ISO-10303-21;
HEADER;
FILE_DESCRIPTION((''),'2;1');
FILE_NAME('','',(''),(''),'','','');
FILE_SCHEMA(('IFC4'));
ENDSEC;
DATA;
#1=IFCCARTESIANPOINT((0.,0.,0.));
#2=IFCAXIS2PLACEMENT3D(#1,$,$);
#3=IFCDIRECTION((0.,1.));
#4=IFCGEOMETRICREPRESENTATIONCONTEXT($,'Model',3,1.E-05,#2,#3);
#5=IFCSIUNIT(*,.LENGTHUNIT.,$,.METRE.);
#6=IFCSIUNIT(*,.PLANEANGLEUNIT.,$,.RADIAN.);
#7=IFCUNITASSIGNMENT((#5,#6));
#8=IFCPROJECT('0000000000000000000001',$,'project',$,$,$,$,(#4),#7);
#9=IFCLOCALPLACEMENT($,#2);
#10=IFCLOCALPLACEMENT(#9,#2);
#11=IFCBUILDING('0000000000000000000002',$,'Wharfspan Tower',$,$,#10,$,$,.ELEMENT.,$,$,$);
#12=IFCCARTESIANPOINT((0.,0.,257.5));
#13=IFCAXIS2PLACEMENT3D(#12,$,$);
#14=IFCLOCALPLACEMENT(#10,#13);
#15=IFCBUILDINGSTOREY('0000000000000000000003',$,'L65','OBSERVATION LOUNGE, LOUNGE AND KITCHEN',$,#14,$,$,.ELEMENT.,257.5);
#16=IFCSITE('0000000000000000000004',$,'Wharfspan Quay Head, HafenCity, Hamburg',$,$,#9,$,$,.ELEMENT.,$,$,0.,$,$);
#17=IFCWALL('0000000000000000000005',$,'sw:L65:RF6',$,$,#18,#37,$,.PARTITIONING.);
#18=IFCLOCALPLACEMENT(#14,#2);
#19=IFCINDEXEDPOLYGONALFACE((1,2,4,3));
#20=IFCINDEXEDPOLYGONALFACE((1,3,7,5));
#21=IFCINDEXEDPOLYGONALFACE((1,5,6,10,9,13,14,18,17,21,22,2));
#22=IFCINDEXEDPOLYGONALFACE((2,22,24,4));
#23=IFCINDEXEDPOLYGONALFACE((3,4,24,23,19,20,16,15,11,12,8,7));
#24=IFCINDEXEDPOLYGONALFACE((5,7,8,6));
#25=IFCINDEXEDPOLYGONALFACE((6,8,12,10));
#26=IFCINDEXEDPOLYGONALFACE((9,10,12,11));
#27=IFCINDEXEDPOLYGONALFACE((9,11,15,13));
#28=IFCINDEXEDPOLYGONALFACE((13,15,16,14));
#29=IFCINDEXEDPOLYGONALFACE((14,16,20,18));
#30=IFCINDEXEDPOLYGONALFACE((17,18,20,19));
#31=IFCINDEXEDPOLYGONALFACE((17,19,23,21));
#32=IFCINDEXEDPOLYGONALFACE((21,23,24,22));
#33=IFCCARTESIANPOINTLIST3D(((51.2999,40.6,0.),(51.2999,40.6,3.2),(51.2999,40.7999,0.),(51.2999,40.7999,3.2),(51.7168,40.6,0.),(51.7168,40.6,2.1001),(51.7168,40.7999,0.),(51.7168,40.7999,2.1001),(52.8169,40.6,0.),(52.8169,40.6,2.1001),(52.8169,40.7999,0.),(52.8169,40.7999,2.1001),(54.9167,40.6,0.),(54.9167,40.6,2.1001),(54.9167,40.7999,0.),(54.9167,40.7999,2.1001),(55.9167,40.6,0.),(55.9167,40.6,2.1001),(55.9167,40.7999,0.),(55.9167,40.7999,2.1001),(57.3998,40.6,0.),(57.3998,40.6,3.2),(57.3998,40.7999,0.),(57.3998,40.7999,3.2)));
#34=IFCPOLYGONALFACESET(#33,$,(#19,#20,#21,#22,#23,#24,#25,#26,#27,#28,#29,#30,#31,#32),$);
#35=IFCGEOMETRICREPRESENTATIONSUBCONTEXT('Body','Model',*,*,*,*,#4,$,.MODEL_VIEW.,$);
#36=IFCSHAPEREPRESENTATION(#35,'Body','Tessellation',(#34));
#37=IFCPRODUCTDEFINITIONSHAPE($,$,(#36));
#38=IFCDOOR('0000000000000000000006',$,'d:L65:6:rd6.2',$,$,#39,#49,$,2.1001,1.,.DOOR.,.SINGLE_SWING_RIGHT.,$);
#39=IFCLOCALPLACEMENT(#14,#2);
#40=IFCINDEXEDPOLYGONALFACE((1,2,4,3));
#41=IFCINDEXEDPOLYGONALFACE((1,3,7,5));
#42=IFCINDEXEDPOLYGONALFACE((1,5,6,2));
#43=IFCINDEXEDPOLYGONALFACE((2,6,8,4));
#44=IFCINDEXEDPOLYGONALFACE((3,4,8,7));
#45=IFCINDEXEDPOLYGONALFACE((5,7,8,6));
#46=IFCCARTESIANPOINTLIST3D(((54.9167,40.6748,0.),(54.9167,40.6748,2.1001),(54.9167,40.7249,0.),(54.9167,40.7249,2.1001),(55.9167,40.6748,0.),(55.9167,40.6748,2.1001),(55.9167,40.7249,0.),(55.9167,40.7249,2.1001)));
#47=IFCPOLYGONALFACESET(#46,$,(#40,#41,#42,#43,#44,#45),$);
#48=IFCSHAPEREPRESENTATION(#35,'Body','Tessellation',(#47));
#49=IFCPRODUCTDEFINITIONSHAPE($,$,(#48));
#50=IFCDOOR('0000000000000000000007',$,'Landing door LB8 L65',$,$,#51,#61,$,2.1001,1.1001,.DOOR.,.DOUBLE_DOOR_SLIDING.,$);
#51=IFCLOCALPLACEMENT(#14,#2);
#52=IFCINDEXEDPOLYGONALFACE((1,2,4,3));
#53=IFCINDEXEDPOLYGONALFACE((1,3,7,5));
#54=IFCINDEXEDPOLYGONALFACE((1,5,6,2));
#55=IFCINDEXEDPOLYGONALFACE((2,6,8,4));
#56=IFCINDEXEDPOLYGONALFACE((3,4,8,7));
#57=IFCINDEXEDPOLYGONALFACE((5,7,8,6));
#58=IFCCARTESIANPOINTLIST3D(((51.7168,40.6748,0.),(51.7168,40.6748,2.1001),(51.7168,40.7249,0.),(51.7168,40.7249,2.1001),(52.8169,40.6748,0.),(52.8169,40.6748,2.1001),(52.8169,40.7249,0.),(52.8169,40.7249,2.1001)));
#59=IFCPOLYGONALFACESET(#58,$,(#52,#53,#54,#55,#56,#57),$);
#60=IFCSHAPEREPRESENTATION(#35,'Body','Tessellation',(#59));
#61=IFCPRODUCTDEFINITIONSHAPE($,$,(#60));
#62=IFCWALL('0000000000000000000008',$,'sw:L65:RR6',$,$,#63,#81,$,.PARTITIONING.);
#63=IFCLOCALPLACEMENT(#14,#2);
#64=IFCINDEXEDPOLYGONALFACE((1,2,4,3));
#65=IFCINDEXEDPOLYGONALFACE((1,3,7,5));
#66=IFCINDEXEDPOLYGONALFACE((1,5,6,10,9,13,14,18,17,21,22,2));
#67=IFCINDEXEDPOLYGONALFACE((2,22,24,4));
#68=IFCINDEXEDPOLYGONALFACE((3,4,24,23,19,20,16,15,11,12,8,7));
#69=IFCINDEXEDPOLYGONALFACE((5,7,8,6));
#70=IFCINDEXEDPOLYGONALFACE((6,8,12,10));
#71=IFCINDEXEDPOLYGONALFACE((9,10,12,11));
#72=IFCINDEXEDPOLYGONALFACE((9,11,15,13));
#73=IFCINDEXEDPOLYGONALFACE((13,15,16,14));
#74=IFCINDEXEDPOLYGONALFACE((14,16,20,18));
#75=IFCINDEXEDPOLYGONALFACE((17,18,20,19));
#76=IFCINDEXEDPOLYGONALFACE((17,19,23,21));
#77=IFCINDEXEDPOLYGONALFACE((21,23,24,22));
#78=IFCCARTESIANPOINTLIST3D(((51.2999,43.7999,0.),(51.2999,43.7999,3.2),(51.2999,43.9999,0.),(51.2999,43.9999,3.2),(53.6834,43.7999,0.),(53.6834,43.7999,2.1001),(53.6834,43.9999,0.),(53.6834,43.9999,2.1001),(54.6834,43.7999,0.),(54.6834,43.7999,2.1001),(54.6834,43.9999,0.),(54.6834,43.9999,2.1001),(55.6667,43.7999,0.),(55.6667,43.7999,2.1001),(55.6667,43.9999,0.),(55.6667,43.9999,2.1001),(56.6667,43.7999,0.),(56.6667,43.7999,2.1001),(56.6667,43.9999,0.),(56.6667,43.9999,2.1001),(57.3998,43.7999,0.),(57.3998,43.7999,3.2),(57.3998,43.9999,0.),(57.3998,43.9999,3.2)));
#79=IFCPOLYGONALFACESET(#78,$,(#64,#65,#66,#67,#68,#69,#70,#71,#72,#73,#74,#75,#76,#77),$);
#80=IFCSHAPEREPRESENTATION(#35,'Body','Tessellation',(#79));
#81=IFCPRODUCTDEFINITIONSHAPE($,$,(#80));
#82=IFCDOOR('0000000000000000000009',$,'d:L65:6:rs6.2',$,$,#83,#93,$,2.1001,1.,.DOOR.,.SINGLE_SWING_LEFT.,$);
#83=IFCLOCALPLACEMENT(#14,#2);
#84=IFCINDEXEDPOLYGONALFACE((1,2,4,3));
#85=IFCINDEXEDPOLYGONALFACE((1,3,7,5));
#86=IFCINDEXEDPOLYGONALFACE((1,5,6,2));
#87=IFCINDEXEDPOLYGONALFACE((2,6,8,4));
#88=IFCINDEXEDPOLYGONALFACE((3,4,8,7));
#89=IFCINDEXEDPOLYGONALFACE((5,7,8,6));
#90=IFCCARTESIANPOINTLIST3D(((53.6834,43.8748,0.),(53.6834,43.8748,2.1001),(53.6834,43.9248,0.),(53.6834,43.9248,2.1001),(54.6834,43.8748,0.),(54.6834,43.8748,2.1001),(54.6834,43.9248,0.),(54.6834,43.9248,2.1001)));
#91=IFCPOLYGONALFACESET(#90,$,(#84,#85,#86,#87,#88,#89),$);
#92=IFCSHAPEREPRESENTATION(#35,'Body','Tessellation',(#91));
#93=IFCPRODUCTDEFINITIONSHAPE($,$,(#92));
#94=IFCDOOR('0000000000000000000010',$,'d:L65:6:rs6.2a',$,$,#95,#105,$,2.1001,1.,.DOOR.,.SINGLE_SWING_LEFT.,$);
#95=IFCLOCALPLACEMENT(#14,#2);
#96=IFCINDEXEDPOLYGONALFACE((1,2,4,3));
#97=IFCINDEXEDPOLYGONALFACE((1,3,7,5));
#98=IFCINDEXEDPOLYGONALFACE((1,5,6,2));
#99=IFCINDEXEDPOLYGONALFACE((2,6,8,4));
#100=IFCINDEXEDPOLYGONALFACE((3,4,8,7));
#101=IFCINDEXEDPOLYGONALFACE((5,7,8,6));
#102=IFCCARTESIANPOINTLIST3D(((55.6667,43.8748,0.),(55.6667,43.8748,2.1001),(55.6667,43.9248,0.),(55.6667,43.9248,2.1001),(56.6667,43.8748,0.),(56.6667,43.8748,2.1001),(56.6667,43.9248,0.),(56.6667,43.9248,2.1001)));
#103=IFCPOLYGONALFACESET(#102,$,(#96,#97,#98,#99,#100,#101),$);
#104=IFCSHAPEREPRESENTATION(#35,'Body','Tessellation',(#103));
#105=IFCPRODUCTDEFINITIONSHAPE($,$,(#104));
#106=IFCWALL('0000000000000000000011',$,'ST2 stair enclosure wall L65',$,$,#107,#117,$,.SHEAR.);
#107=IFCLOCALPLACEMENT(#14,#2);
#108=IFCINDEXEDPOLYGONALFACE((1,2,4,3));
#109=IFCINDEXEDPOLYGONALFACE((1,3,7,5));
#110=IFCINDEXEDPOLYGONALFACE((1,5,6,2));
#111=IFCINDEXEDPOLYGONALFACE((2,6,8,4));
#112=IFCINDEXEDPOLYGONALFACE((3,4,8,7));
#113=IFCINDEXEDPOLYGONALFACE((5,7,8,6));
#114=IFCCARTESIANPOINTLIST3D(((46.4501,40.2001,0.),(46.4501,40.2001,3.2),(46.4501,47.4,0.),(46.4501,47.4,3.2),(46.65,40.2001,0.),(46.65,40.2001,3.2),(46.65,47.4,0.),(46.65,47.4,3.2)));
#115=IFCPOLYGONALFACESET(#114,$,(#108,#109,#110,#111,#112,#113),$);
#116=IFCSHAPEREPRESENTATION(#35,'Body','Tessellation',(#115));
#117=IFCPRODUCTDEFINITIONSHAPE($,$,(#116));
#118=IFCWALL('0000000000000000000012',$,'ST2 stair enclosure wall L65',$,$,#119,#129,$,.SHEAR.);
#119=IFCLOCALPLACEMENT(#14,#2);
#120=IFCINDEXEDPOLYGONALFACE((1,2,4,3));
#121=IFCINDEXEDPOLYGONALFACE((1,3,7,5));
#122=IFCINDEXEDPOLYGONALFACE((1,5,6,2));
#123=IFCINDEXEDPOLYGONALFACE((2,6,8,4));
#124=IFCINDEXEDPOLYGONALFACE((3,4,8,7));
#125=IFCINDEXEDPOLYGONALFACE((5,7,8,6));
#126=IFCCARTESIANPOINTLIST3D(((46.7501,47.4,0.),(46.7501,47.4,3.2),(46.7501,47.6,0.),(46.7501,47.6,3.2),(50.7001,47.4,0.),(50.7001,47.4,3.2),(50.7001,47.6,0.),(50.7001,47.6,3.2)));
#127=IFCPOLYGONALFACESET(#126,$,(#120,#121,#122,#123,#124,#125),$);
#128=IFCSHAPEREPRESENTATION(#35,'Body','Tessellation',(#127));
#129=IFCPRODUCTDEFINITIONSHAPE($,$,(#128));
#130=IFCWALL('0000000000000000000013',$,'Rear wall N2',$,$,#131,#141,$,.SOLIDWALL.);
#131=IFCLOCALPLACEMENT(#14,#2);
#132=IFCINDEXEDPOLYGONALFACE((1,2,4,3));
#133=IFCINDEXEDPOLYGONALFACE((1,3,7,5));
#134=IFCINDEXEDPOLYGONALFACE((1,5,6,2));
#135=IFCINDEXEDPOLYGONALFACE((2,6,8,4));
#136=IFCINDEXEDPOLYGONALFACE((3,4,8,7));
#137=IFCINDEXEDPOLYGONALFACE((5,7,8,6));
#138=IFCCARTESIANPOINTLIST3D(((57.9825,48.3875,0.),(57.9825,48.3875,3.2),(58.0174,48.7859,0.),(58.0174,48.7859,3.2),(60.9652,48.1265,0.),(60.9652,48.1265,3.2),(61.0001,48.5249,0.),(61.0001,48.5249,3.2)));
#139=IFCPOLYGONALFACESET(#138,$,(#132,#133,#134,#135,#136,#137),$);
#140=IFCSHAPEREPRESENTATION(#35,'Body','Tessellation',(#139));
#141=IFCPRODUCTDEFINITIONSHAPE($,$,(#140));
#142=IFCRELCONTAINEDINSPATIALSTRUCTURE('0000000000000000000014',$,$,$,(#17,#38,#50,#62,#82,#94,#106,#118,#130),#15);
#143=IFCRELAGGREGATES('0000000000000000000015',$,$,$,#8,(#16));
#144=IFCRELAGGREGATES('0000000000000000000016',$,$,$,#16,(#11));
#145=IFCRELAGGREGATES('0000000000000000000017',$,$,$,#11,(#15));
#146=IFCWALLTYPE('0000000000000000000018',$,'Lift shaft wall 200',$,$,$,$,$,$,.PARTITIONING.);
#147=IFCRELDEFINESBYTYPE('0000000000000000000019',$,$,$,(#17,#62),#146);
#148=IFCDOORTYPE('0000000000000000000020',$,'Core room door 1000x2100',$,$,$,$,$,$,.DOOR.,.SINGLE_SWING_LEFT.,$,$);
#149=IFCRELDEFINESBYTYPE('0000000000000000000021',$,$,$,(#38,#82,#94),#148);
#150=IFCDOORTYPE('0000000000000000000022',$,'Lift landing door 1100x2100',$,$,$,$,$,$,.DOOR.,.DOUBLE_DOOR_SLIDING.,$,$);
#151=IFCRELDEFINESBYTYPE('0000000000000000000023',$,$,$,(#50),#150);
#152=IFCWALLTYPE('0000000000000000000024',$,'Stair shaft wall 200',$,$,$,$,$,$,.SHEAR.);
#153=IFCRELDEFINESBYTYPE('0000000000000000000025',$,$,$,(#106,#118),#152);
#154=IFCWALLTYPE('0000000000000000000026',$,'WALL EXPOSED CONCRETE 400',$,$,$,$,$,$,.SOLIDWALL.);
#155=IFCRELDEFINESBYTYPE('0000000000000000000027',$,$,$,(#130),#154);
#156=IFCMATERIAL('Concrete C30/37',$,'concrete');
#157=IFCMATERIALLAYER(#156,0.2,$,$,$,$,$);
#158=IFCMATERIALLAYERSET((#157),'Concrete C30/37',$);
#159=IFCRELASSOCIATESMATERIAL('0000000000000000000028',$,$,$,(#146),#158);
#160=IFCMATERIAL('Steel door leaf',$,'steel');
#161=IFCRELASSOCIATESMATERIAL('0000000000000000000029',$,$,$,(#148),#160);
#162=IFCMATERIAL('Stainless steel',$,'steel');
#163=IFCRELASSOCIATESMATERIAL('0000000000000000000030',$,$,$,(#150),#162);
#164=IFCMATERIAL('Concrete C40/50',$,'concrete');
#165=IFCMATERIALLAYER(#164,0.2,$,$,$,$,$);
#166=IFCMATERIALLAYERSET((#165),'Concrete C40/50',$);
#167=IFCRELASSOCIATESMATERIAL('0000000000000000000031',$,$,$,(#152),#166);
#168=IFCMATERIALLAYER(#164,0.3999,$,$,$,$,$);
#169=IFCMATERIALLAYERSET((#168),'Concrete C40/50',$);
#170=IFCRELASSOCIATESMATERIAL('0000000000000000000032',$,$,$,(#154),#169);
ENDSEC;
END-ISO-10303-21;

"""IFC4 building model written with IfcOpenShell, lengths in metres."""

from ifc_helpers import new_model, si_unit, direction, frame, frame_2d, origin, place, context, subcontext, project, spatial, rectangle, extrude, material, layer, layer_set, type_object, element, fill, save


model = new_model("IFC4")

# Units and contexts
model_context = context("Model", 3, precision=1e-05, world=origin(), true_north=direction((0.0, 1.0)))
body_context = subcontext(model_context, "Body", "Model", "MODEL_VIEW")
ifc_project = project(units=[si_unit("LENGTHUNIT", "METRE"), si_unit("PLANEANGLEUNIT", "RADIAN")], contexts=[model_context])

# Site, building, storey
site_placement = place(None, origin())
site = spatial("IfcSite", under=ifc_project, at=site_placement, Name="Wharfspan Quay Head, HafenCity, Hamburg", CompositionType="ELEMENT", RefElevation=0.0)
building_placement = place(site_placement, origin())
building = spatial("IfcBuilding", under=site, at=building_placement, Name="Wharfspan Tower", CompositionType="ELEMENT")
storey_placement = place(building_placement, frame((0.0, 0.0, 257.5)))
storey = spatial("IfcBuildingStorey", under=building, at=storey_placement, Name="L65", Description="OBSERVATION LOUNGE, LOUNGE AND KITCHEN", CompositionType="ELEMENT", Elevation=257.5)

# Walls, openings, doors
ifc_material_1 = material(Name="Concrete C30/37", Category="concrete")
ifc_layer_1 = layer(ifc_material_1, 0.2)
ifc_layer_set_1 = layer_set([ifc_layer_1], Name="Concrete C30/37")
wall_type_1 = type_object("IfcWallType", Name="Lift shaft wall 200", PredefinedType="PARTITIONING", material=ifc_layer_set_1)
wall_1_placement = place(storey_placement, frame((51.3, 40.7, 0.0), z_axis=(0.0, 0.0, 1.0), x_axis=(1.0, 0.0, 0.0)))
wall_1 = element("IfcWall", 1, at=wall_1_placement, inside=storey, type_object=wall_type_1, Name="sw:L65:RF6", PredefinedType="PARTITIONING", context=body_context, shape_type="SweptSolid", body=[
    extrude(rectangle(XDim=6.0999, YDim=0.2, at=frame_2d((3.0498, 0.0))), origin(), (0.0, 0.0, 1.0), 3.2),
])
opening_1_placement = place(wall_1_placement, frame((0.4167, 0.0, 0.0)))
opening_1 = element("IfcOpeningElement", 2, at=opening_1_placement, cuts=wall_1, PredefinedType="OPENING", context=body_context, shape_type="SweptSolid", body=[
    extrude(rectangle(XDim=1.1001, YDim=2.1001, at=frame_2d((0.55, 1.05))), frame((0.0, 0.1099, 0.0), z_axis=(0.0, -1.0, 0.0), x_axis=(1.0, 0.0, 0.0)), (0.0, 0.0, 1.0), 0.22),
])
opening_2_placement = place(wall_1_placement, frame((3.6167, 0.0, 0.0)))
opening_2 = element("IfcOpeningElement", 3, at=opening_2_placement, cuts=wall_1, PredefinedType="OPENING", context=body_context, shape_type="SweptSolid", body=[
    extrude(rectangle(XDim=1.0, YDim=2.1001, at=frame_2d((0.5, 1.05))), frame((0.0, 0.1099, 0.0), z_axis=(0.0, -1.0, 0.0), x_axis=(1.0, 0.0, 0.0)), (0.0, 0.0, 1.0), 0.22),
])
ifc_material_2 = material(Name="Steel door leaf", Category="steel")
door_type_1 = type_object("IfcDoorType", Name="Core room door 1000x2100", OperationType="SINGLE_SWING_LEFT", PredefinedType="DOOR", material=ifc_material_2)
door_1_placement = place(opening_2_placement, origin())
door_1 = element("IfcDoor", 4, at=door_1_placement, inside=storey, type_object=door_type_1, Name="d:L65:6:rd6.2", OperationType="SINGLE_SWING_RIGHT", OverallHeight=2.1001, OverallWidth=1.0, PredefinedType="DOOR", context=body_context, shape_type="SweptSolid", body=[
    extrude(rectangle(XDim=1.0, YDim=2.1001, at=frame_2d((0.5, 1.05))), frame((0.0, 0.0249, 0.0), z_axis=(0.0, -1.0, 0.0), x_axis=(1.0, 0.0, 0.0)), (0.0, 0.0, 1.0), 0.05),
])
fill(opening_2, door_1)
ifc_material_3 = material(Name="Stainless steel", Category="steel")
door_type_2 = type_object("IfcDoorType", Name="Lift landing door 1100x2100", OperationType="DOUBLE_DOOR_SLIDING", PredefinedType="DOOR", material=ifc_material_3)
door_2_placement = place(opening_1_placement, origin())
door_2 = element("IfcDoor", 5, at=door_2_placement, inside=storey, type_object=door_type_2, Name="Landing door LB8 L65", OperationType="DOUBLE_DOOR_SLIDING", OverallHeight=2.1001, OverallWidth=1.1001, PredefinedType="DOOR", context=body_context, shape_type="SweptSolid", body=[
    extrude(rectangle(XDim=1.1001, YDim=2.1001, at=frame_2d((0.55, 1.05))), frame((0.0, 0.0249, 0.0), z_axis=(0.0, -1.0, 0.0), x_axis=(1.0, 0.0, 0.0)), (0.0, 0.0, 1.0), 0.05),
])
fill(opening_1, door_2)
wall_2_placement = place(storey_placement, frame((51.3, 43.8999, 0.0), z_axis=(0.0, 0.0, 1.0), x_axis=(1.0, 0.0, 0.0)))
wall_2 = element("IfcWall", 6, at=wall_2_placement, inside=storey, type_object=wall_type_1, Name="sw:L65:RR6", PredefinedType="PARTITIONING", context=body_context, shape_type="SweptSolid", body=[
    extrude(rectangle(XDim=6.0999, YDim=0.2, at=frame_2d((3.0498, 0.0))), origin(), (0.0, 0.0, 1.0), 3.2),
])
opening_3_placement = place(wall_2_placement, frame((2.3833, 0.0, 0.0)))
opening_3 = element("IfcOpeningElement", 7, at=opening_3_placement, cuts=wall_2, PredefinedType="OPENING", context=body_context, shape_type="SweptSolid", body=[
    extrude(rectangle(XDim=1.0, YDim=2.1001, at=frame_2d((0.5, 1.05))), frame((0.0, 0.1099, 0.0), z_axis=(0.0, -1.0, 0.0), x_axis=(1.0, 0.0, 0.0)), (0.0, 0.0, 1.0), 0.22),
])
opening_4_placement = place(wall_2_placement, frame((4.3667, 0.0, 0.0)))
opening_4 = element("IfcOpeningElement", 8, at=opening_4_placement, cuts=wall_2, PredefinedType="OPENING", context=body_context, shape_type="SweptSolid", body=[
    extrude(rectangle(XDim=1.0, YDim=2.1001, at=frame_2d((0.5, 1.05))), frame((0.0, 0.1099, 0.0), z_axis=(0.0, -1.0, 0.0), x_axis=(1.0, 0.0, 0.0)), (0.0, 0.0, 1.0), 0.22),
])
door_3_placement = place(opening_3_placement, origin())
door_3 = element("IfcDoor", 9, at=door_3_placement, inside=storey, type_object=door_type_1, Name="d:L65:6:rs6.2", OperationType="SINGLE_SWING_LEFT", OverallHeight=2.1001, OverallWidth=1.0, PredefinedType="DOOR", context=body_context, shape_type="SweptSolid", body=[
    extrude(rectangle(XDim=1.0, YDim=2.1001, at=frame_2d((0.5, 1.05))), frame((0.0, 0.0249, 0.0), z_axis=(0.0, -1.0, 0.0), x_axis=(1.0, 0.0, 0.0)), (0.0, 0.0, 1.0), 0.05),
])
fill(opening_3, door_3)
door_4_placement = place(opening_4_placement, origin())
door_4 = element("IfcDoor", 10, at=door_4_placement, inside=storey, type_object=door_type_1, Name="d:L65:6:rs6.2a", OperationType="SINGLE_SWING_LEFT", OverallHeight=2.1001, OverallWidth=1.0, PredefinedType="DOOR", context=body_context, shape_type="SweptSolid", body=[
    extrude(rectangle(XDim=1.0, YDim=2.1001, at=frame_2d((0.5, 1.05))), frame((0.0, 0.0249, 0.0), z_axis=(0.0, -1.0, 0.0), x_axis=(1.0, 0.0, 0.0)), (0.0, 0.0, 1.0), 0.05),
])
fill(opening_4, door_4)

# Walls
ifc_material_4 = material(Name="Concrete C40/50", Category="concrete")
ifc_layer_2 = layer(ifc_material_4, 0.2)
ifc_layer_set_2 = layer_set([ifc_layer_2], Name="Concrete C40/50")
wall_type_2 = type_object("IfcWallType", Name="Stair shaft wall 200", PredefinedType="SHEAR", material=ifc_layer_set_2)
wall_3_placement = place(storey_placement, frame((46.55, 40.2, 0.0), z_axis=(0.0, 0.0, 1.0), x_axis=(0.0, 1.0, 0.0)))
element("IfcWall", 11, at=wall_3_placement, inside=storey, type_object=wall_type_2, Name="ST2 stair enclosure wall L65", PredefinedType="SHEAR", context=body_context, shape_type="SweptSolid", body=[
    extrude(rectangle(XDim=7.2, YDim=0.2, at=frame_2d((3.6001, 0.0))), origin(), (0.0, 0.0, 1.0), 3.2),
])
wall_4_placement = place(storey_placement, frame((46.75, 47.5, 0.0), z_axis=(0.0, 0.0, 1.0), x_axis=(1.0, 0.0, 0.0)))
element("IfcWall", 12, at=wall_4_placement, inside=storey, type_object=wall_type_2, Name="ST2 stair enclosure wall L65", PredefinedType="SHEAR", context=body_context, shape_type="SweptSolid", body=[
    extrude(rectangle(XDim=3.95, YDim=0.2, at=frame_2d((1.9751, 0.0))), origin(), (0.0, 0.0, 1.0), 3.2),
])
ifc_layer_3 = layer(ifc_material_4, 0.3999)
ifc_layer_set_3 = layer_set([ifc_layer_3], Name="Concrete C40/50")
wall_type_3 = type_object("IfcWallType", Name="WALL EXPOSED CONCRETE 400", PredefinedType="SOLIDWALL", material=ifc_layer_set_3)
wall_5_placement = place(storey_placement, frame((60.9827, 48.3257, 0.0), z_axis=(0.0, 0.0, 1.0), x_axis=(-0.996194, 0.087168, 0.0)))
element("IfcWall", 13, at=wall_5_placement, inside=storey, type_object=wall_type_3, Name="Rear wall N2", PredefinedType="SOLIDWALL", context=body_context, shape_type="SweptSolid", body=[
    extrude(rectangle(XDim=2.9941, YDim=0.3999, at=frame_2d((1.4971, 0.0))), origin(), (0.0, 0.0, 1.0), 3.2),
])

save(model, "model.ifc")
